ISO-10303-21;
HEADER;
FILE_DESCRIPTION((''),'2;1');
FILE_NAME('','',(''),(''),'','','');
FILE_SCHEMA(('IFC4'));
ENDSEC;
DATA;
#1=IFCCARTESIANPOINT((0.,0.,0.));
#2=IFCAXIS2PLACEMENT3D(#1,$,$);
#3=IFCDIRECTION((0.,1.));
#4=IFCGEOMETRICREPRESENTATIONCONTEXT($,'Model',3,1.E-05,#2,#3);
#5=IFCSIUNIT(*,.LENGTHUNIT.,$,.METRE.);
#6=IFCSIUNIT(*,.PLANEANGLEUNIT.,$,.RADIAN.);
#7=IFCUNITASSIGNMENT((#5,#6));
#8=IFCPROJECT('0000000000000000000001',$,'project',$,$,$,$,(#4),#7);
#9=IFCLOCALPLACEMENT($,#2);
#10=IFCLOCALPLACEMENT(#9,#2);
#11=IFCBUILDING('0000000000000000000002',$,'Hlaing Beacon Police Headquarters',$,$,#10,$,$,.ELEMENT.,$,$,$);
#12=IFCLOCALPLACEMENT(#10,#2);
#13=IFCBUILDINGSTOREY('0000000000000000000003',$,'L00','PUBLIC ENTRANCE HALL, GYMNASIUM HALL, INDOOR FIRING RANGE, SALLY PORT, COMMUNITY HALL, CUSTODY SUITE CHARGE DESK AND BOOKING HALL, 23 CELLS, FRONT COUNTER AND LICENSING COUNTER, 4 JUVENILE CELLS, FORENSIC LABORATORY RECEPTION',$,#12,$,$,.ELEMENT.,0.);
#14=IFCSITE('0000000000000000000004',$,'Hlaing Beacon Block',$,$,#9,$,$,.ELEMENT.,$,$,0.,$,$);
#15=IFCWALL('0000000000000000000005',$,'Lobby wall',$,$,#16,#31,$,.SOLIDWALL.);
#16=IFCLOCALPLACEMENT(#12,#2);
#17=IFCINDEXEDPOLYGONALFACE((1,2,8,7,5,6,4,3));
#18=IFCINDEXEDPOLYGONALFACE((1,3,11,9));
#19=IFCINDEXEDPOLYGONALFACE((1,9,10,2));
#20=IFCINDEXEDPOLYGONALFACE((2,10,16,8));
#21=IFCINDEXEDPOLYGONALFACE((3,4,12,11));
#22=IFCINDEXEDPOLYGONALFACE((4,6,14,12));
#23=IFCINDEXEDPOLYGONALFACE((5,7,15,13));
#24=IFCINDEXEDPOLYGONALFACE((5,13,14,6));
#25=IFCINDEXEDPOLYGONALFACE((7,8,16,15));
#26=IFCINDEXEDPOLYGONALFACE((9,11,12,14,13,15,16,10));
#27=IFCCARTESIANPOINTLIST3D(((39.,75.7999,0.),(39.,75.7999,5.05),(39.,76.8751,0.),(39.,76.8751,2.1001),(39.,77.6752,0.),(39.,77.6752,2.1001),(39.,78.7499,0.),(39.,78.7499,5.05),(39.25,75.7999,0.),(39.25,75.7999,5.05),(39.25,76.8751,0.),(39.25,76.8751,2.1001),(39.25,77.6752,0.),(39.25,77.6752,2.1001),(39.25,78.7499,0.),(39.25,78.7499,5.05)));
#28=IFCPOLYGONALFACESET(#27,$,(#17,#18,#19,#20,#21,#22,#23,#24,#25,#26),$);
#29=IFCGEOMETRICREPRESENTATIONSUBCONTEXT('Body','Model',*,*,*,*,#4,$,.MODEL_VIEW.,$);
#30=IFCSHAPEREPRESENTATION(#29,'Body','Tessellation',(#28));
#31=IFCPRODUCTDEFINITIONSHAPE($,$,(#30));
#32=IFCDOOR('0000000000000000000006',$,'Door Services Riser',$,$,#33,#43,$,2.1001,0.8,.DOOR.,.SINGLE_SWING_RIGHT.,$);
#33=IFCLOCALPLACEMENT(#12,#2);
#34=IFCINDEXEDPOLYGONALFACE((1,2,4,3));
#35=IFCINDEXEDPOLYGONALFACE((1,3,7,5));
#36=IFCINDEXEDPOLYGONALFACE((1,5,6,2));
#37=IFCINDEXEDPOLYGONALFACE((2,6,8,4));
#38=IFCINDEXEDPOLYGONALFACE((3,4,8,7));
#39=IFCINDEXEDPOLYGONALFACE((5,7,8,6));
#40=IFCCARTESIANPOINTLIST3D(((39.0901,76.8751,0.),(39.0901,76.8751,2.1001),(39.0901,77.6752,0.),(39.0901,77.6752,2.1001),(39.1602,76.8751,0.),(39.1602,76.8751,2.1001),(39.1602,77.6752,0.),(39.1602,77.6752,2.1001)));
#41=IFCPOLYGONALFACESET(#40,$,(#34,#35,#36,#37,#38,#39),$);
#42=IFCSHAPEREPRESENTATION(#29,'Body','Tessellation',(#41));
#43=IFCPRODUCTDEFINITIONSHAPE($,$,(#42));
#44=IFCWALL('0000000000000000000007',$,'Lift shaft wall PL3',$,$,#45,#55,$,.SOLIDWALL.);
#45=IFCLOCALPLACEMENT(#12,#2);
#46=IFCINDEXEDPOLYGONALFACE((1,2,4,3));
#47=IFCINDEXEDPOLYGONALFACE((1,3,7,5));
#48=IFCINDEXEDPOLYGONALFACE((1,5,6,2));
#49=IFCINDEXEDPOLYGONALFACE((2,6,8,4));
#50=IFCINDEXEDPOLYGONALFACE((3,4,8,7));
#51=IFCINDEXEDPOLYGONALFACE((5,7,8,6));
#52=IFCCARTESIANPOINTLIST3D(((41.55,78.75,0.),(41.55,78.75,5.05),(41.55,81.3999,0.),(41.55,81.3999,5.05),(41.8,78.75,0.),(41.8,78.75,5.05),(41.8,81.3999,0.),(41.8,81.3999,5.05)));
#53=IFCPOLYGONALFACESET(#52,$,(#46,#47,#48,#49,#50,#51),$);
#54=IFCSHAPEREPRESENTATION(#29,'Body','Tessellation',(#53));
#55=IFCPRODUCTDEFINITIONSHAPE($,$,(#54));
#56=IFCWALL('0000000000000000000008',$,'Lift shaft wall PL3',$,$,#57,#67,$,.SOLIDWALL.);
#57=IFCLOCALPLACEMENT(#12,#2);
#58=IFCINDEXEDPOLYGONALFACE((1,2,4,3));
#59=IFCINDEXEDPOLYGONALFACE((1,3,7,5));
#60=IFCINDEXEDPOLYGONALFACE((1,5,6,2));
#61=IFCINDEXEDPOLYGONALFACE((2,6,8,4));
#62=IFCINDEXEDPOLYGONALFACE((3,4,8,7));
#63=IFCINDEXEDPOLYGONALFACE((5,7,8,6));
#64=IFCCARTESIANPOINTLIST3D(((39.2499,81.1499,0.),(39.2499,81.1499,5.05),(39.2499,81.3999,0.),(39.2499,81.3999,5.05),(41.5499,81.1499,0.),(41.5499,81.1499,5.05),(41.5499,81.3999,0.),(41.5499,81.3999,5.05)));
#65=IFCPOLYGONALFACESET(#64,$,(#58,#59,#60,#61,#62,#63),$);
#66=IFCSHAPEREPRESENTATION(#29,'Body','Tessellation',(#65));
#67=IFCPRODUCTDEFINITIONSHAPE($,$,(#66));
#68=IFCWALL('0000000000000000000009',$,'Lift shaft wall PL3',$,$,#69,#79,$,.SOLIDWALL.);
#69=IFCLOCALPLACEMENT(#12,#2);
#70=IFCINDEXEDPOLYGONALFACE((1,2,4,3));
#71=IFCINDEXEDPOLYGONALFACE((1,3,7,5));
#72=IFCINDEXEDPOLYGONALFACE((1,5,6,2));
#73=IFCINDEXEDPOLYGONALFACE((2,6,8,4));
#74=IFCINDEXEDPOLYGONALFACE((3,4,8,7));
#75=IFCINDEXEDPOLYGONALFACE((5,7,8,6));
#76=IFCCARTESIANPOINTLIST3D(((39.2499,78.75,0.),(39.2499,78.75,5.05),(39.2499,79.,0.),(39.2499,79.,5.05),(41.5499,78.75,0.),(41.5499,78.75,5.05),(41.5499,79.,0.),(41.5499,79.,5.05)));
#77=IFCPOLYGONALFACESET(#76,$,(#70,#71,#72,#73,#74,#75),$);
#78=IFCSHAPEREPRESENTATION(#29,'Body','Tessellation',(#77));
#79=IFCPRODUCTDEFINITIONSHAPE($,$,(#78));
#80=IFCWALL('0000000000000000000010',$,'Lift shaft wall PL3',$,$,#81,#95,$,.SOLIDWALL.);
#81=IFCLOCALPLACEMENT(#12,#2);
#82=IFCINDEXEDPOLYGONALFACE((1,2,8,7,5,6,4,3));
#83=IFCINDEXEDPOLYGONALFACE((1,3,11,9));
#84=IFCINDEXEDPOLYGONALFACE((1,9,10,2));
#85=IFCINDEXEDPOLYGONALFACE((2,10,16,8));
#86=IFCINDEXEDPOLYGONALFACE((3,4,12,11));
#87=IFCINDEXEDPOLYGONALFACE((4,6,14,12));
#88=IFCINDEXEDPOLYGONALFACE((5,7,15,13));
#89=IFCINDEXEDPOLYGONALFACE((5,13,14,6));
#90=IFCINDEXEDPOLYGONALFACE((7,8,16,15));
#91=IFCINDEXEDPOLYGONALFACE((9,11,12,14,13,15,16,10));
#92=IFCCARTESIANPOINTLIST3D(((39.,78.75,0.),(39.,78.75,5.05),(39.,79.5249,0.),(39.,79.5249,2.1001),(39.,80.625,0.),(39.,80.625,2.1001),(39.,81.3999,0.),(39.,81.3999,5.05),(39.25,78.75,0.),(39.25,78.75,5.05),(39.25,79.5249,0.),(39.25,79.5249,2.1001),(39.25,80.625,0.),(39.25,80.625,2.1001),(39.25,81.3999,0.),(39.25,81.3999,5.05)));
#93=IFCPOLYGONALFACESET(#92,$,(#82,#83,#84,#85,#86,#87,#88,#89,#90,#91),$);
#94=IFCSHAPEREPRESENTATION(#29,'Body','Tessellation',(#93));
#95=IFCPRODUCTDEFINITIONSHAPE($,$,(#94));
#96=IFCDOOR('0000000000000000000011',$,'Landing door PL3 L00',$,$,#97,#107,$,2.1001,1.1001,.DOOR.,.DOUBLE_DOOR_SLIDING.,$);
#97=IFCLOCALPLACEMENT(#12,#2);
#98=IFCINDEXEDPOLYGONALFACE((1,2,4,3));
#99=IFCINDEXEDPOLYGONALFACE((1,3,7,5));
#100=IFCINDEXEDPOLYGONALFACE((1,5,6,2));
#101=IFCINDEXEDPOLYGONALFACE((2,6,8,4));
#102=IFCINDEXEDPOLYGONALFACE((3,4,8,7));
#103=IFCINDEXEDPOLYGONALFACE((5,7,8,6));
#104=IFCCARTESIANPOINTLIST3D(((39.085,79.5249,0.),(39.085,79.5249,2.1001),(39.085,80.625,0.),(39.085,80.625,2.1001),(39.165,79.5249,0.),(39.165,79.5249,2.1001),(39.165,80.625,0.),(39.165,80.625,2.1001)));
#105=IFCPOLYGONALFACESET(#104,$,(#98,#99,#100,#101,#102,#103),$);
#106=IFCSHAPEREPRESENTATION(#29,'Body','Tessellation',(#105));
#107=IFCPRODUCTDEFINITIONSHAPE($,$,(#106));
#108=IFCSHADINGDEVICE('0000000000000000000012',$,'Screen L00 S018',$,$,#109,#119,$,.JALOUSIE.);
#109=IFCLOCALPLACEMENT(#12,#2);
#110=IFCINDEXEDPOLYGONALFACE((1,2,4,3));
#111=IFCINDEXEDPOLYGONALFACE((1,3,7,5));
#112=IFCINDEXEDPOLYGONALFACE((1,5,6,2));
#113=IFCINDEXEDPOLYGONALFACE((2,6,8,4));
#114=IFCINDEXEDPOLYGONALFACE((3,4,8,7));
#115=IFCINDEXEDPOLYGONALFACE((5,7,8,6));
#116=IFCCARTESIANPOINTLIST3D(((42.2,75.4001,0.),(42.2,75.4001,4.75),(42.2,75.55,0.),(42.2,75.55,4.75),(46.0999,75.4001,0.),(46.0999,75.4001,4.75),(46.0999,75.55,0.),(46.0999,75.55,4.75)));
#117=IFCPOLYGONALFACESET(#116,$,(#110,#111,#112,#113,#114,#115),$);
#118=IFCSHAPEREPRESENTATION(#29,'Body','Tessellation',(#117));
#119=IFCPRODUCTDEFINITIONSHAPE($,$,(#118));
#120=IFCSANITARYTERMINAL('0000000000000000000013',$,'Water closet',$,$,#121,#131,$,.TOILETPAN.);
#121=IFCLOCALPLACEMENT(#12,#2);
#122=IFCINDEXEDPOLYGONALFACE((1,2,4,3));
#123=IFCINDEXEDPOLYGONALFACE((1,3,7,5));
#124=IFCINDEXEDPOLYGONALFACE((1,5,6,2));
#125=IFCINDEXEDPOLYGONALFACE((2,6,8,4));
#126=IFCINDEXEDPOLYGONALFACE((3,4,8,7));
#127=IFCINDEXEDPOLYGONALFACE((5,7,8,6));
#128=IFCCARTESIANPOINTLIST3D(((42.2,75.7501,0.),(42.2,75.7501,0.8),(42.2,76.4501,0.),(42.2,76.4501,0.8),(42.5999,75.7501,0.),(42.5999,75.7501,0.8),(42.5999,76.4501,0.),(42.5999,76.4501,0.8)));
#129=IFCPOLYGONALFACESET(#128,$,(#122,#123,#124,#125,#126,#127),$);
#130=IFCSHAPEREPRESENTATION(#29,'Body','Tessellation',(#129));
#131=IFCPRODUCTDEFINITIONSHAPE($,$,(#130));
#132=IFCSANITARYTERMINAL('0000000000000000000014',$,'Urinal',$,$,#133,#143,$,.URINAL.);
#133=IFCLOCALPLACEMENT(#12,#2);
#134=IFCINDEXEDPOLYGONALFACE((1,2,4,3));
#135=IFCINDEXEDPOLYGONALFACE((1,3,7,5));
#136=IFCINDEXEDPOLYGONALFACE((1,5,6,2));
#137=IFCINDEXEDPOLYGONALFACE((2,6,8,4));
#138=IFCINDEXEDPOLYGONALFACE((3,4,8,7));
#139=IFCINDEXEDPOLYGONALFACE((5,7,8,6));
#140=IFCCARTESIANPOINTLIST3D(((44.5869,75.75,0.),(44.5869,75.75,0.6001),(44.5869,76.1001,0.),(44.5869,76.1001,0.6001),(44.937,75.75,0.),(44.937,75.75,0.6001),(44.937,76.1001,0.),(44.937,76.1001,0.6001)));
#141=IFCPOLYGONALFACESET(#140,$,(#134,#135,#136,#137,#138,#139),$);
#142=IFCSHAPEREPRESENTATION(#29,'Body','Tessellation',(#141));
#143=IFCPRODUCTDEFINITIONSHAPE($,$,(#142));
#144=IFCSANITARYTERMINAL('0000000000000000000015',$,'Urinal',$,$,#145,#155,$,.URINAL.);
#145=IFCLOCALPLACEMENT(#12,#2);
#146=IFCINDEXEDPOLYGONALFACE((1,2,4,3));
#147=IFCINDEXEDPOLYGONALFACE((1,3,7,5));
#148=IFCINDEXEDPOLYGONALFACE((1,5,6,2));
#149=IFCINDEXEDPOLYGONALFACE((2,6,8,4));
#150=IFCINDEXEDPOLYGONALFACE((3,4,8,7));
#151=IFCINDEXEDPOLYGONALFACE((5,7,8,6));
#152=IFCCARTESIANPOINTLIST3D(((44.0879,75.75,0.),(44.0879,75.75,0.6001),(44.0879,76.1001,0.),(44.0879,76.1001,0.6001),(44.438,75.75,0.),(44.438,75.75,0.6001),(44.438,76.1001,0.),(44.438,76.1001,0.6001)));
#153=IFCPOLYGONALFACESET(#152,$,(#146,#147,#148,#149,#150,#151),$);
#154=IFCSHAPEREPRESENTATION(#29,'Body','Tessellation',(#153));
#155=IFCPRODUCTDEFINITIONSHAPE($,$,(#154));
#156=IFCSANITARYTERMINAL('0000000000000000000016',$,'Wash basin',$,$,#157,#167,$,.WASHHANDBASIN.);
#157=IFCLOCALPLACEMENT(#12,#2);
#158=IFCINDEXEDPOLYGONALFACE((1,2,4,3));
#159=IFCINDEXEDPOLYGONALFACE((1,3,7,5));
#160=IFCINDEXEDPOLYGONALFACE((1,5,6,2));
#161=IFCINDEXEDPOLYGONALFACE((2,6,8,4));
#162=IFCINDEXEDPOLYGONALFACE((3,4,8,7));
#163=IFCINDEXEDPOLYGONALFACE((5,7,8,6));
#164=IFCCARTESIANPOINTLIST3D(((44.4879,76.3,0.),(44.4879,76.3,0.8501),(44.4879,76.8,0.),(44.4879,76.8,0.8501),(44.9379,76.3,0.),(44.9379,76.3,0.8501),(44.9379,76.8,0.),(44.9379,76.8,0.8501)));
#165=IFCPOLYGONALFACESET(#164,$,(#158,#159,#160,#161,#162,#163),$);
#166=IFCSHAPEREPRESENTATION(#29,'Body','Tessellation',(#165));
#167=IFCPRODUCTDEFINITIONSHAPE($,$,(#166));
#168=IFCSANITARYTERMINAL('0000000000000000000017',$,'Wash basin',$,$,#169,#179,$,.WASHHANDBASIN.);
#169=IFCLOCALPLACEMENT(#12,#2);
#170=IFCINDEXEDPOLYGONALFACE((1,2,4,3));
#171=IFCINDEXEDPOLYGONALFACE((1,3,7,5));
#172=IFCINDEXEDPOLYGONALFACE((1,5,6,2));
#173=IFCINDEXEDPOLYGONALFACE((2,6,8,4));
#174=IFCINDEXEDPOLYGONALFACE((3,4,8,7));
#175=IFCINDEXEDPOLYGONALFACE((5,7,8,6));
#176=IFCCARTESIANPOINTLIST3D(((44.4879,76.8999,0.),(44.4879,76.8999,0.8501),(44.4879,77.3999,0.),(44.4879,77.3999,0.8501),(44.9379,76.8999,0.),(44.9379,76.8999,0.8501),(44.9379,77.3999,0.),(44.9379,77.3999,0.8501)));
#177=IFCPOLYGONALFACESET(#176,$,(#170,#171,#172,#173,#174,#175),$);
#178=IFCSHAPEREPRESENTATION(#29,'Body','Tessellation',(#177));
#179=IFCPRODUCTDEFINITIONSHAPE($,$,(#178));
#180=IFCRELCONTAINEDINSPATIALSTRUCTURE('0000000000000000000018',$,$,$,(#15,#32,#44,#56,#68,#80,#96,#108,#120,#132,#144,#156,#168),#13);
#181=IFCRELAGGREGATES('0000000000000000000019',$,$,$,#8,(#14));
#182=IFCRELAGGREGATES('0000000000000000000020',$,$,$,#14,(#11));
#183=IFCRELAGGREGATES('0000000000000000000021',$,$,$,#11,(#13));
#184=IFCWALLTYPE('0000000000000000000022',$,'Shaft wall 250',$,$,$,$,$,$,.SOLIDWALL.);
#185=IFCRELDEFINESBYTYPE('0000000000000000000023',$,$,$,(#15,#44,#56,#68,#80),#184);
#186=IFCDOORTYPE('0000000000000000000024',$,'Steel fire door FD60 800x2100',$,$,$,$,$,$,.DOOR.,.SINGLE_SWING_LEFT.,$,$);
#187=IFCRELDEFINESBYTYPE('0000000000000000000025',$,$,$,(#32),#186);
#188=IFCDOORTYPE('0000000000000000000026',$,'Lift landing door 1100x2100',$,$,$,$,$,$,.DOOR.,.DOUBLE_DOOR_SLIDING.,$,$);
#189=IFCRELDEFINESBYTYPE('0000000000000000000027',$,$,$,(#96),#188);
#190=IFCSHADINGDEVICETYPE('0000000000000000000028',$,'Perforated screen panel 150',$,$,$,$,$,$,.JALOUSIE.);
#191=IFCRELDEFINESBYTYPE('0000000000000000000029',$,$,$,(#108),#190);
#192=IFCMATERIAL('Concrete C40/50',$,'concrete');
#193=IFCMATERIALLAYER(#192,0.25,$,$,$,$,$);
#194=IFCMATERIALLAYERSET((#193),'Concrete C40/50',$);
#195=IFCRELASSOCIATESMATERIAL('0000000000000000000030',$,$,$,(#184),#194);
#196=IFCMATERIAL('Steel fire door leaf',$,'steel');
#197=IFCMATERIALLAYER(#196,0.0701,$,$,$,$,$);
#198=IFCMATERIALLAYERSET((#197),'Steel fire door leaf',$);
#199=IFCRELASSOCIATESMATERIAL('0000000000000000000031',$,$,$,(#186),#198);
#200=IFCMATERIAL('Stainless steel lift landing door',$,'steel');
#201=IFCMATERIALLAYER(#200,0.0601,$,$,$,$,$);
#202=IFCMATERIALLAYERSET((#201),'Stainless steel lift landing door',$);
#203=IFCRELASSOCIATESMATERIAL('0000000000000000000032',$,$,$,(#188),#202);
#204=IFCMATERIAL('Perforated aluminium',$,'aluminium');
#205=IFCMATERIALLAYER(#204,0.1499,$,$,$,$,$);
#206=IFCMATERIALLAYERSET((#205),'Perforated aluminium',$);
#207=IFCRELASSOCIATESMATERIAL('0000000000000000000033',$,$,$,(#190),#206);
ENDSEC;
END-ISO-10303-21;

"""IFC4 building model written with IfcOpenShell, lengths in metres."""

from ifc_helpers import new_model, si_unit, direction, frame, frame_2d, origin, origin_2d, place, context, subcontext, project, spatial, rectangle, extrude, material, layer, layer_set, type_object, element, fill, save


model = new_model("IFC4")

# Units and contexts
model_context = context("Model", 3, precision=1e-05, world=origin(), true_north=direction((0.0, 1.0)))
body_context = subcontext(model_context, "Body", "Model", "MODEL_VIEW")
ifc_project = project(units=[si_unit("LENGTHUNIT", "METRE"), si_unit("PLANEANGLEUNIT", "RADIAN")], contexts=[model_context])

# Site, building, storey
site_placement = place(None, origin())
site = spatial("IfcSite", under=ifc_project, at=site_placement, Name="Hlaing Beacon Block", CompositionType="ELEMENT", RefElevation=0.0)
building_placement = place(site_placement, origin())
building = spatial("IfcBuilding", under=site, at=building_placement, Name="Hlaing Beacon Police Headquarters", CompositionType="ELEMENT")
storey_placement = place(building_placement, origin())
storey = spatial("IfcBuildingStorey", under=building, at=storey_placement, Name="L00", Description="PUBLIC ENTRANCE HALL, GYMNASIUM HALL, INDOOR FIRING RANGE, SALLY PORT, COMMUNITY HALL, CUSTODY SUITE CHARGE DESK AND BOOKING HALL, 23 CELLS, FRONT COUNTER AND LICENSING COUNTER, 4 JUVENILE CELLS, FORENSIC LABORATORY RECEPTION", CompositionType="ELEMENT", Elevation=0.0)

# Wall, opening, door
ifc_material_1 = material(Name="Concrete C40/50", Category="concrete")
ifc_layer_1 = layer(ifc_material_1, 0.25)
ifc_layer_set_1 = layer_set([ifc_layer_1], Name="Concrete C40/50")
wall_type_1 = type_object("IfcWallType", Name="Shaft wall 250", PredefinedType="SOLIDWALL", material=ifc_layer_set_1)
wall_1_placement = place(storey_placement, frame((39.125, 78.75, 0.0), z_axis=(0.0, 0.0, 1.0), x_axis=(0.0, -1.0, 0.0)))
wall_1 = element("IfcWall", 1, at=wall_1_placement, inside=storey, type_object=wall_type_1, Name="Lobby wall", PredefinedType="SOLIDWALL", context=body_context, shape_type="SweptSolid", body=[
    extrude(rectangle(XDim=2.95, YDim=0.25, at=frame_2d((1.4751, 0.0))), origin(), (0.0, 0.0, 1.0), 5.05),
])
opening_1_placement = place(wall_1_placement, frame((1.075, 0.0, 0.0)))
opening_1 = element("IfcOpeningElement", 2, at=opening_1_placement, cuts=wall_1, PredefinedType="OPENING", context=body_context, shape_type="SweptSolid", body=[
    extrude(rectangle(XDim=0.8, YDim=2.1001, at=frame_2d((0.3999, 1.05))), frame((0.0, 0.135, 0.0), z_axis=(0.0, -1.0, 0.0), x_axis=(1.0, 0.0, 0.0)), (0.0, 0.0, 1.0), 0.27),
])
ifc_material_2 = material(Name="Steel fire door leaf", Category="steel")
ifc_layer_2 = layer(ifc_material_2, 0.0701)
ifc_layer_set_2 = layer_set([ifc_layer_2], Name="Steel fire door leaf")
door_type_1 = type_object("IfcDoorType", Name="Steel fire door FD60 800x2100", OperationType="SINGLE_SWING_LEFT", PredefinedType="DOOR", material=ifc_layer_set_2)
door_1_placement = place(opening_1_placement, origin())
door_1 = element("IfcDoor", 3, at=door_1_placement, inside=storey, type_object=door_type_1, Name="Door Services Riser", OperationType="SINGLE_SWING_RIGHT", OverallHeight=2.1001, OverallWidth=0.8, PredefinedType="DOOR", context=body_context, shape_type="SweptSolid", body=[
    extrude(rectangle(XDim=0.8, YDim=2.1001, at=frame_2d((0.3999, 1.05))), frame((0.0, 0.0352, 0.0), z_axis=(0.0, -1.0, 0.0), x_axis=(1.0, 0.0, 0.0)), (0.0, 0.0, 1.0), 0.0701),
])
fill(opening_1, door_1)

# Walls
wall_2_placement = place(storey_placement, frame((41.675, 78.75, 0.0), z_axis=(0.0, 0.0, 1.0), x_axis=(0.0, 1.0, 0.0)))
element("IfcWall", 4, at=wall_2_placement, inside=storey, type_object=wall_type_1, Name="Lift shaft wall PL3", PredefinedType="SOLIDWALL", context=body_context, shape_type="SweptSolid", body=[
    extrude(rectangle(XDim=2.6499, YDim=0.25, at=frame_2d((1.325, 0.0))), origin(), (0.0, 0.0, 1.0), 5.05),
])
for number, where, z_axis, x_axis, name in (
    (5, (39.25, 81.2749, 0.0), (0.0, 0.0, 1.0), (1.0, 0.0, 0.0), "Lift shaft wall PL3"),
    (6, (39.25, 78.875, 0.0), (0.0, 0.0, 1.0), (1.0, 0.0, 0.0), "Lift shaft wall PL3"),
):
    element("IfcWall", number, at=place(storey_placement, frame(where, z_axis=z_axis, x_axis=x_axis)), inside=storey, type_object=wall_type_1, Name=name, PredefinedType="SOLIDWALL", context=body_context, shape_type="SweptSolid", body=[
        extrude(rectangle(XDim=2.3, YDim=0.25, at=frame_2d((1.1499, 0.0))), origin(), (0.0, 0.0, 1.0), 5.05),
    ])

# Wall, opening, door
wall_3_placement = place(storey_placement, frame((39.125, 78.75, 0.0), z_axis=(0.0, 0.0, 1.0), x_axis=(0.0, 1.0, 0.0)))
wall_3 = element("IfcWall", 7, at=wall_3_placement, inside=storey, type_object=wall_type_1, Name="Lift shaft wall PL3", PredefinedType="SOLIDWALL", context=body_context, shape_type="SweptSolid", body=[
    extrude(rectangle(XDim=2.6499, YDim=0.25, at=frame_2d((1.325, 0.0))), origin(), (0.0, 0.0, 1.0), 5.05),
])
opening_2_placement = place(wall_3_placement, frame((0.7749, 0.0, 0.0)))
opening_2 = element("IfcOpeningElement", 8, at=opening_2_placement, cuts=wall_3, PredefinedType="OPENING", context=body_context, shape_type="SweptSolid", body=[
    extrude(rectangle(XDim=1.1001, YDim=2.1001, at=frame_2d((0.55, 1.05))), frame((0.0, 0.135, 0.0), z_axis=(0.0, -1.0, 0.0), x_axis=(1.0, 0.0, 0.0)), (0.0, 0.0, 1.0), 0.27),
])
ifc_material_3 = material(Name="Stainless steel lift landing door", Category="steel")
ifc_layer_3 = layer(ifc_material_3, 0.0601)
ifc_layer_set_3 = layer_set([ifc_layer_3], Name="Stainless steel lift landing door")
door_type_2 = type_object("IfcDoorType", Name="Lift landing door 1100x2100", OperationType="DOUBLE_DOOR_SLIDING", PredefinedType="DOOR", material=ifc_layer_set_3)
door_2_placement = place(opening_2_placement, origin())
door_2 = element("IfcDoor", 9, at=door_2_placement, inside=storey, type_object=door_type_2, Name="Landing door PL3 L00", OperationType="DOUBLE_DOOR_SLIDING", OverallHeight=2.1001, OverallWidth=1.1001, PredefinedType="DOOR", context=body_context, shape_type="SweptSolid", body=[
    extrude(rectangle(XDim=1.1001, YDim=2.1001, at=frame_2d((0.55, 1.05))), frame((0.0, 0.04, 0.0), z_axis=(0.0, -1.0, 0.0), x_axis=(1.0, 0.0, 0.0)), (0.0, 0.0, 1.0), 0.0801),
])
fill(opening_2, door_2)

# Shading device
ifc_material_4 = material(Name="Perforated aluminium", Category="aluminium")
ifc_layer_4 = layer(ifc_material_4, 0.1499)
ifc_layer_set_4 = layer_set([ifc_layer_4], Name="Perforated aluminium")
shading_device_type = type_object("IfcShadingDeviceType", Name="Perforated screen panel 150", PredefinedType="JALOUSIE", material=ifc_layer_set_4)
shading_device_placement = place(storey_placement, frame((44.1499, 75.4751, 0.0), z_axis=(0.0, 0.0, 1.0), x_axis=(1.0, 0.0, 0.0)))
element("IfcShadingDevice", 10, at=shading_device_placement, inside=storey, type_object=shading_device_type, Name="Screen L00 S018", PredefinedType="JALOUSIE", context=body_context, shape_type="SweptSolid", body=[
    extrude(rectangle(XDim=3.8999, YDim=0.1499, at=origin_2d()), origin(), (0.0, 0.0, 1.0), 4.75),
])

# Sanitary terminals
sanitary_terminal_placement = place(storey_placement, frame((42.3999, 76.1001, 0.0), z_axis=(0.0, 0.0, 1.0), x_axis=(1.0, 0.0, 0.0)))
element("IfcSanitaryTerminal", 11, at=sanitary_terminal_placement, inside=storey, Name="Water closet", PredefinedType="TOILETPAN", context=body_context, shape_type="SweptSolid", body=[
    extrude(rectangle(XDim=0.3999, YDim=0.7, at=origin_2d()), origin(), (0.0, 0.0, 1.0), 0.8),
])
for number, where, z_axis, x_axis, name in (
    (12, (44.762, 75.925, 0.0), (0.0, 0.0, 1.0), (1.0, 0.0, 0.0), "Urinal"),
    (13, (44.2629, 75.925, 0.0), (0.0, 0.0, 1.0), (1.0, 0.0, 0.0), "Urinal"),
):
    element("IfcSanitaryTerminal", number, at=place(storey_placement, frame(where, z_axis=z_axis, x_axis=x_axis)), inside=storey, Name=name, PredefinedType="URINAL", context=body_context, shape_type="SweptSolid", body=[
        extrude(rectangle(XDim=0.3501, YDim=0.3501, at=origin_2d()), origin(), (0.0, 0.0, 1.0), 0.6001),
    ])
for number, where, z_axis, x_axis, name in (
    (14, (44.7129, 76.55, 0.0), (0.0, 0.0, 1.0), (1.0, 0.0, 0.0), "Wash basin"),
    (15, (44.7129, 77.1499, 0.0), (0.0, 0.0, 1.0), (1.0, 0.0, 0.0), "Wash basin"),
):
    element("IfcSanitaryTerminal", number, at=place(storey_placement, frame(where, z_axis=z_axis, x_axis=x_axis)), inside=storey, Name=name, PredefinedType="WASHHANDBASIN", context=body_context, shape_type="SweptSolid", body=[
        extrude(rectangle(XDim=0.45, YDim=0.5, at=origin_2d()), origin(), (0.0, 0.0, 1.0), 0.8501),
    ])

save(model, "model.ifc")
